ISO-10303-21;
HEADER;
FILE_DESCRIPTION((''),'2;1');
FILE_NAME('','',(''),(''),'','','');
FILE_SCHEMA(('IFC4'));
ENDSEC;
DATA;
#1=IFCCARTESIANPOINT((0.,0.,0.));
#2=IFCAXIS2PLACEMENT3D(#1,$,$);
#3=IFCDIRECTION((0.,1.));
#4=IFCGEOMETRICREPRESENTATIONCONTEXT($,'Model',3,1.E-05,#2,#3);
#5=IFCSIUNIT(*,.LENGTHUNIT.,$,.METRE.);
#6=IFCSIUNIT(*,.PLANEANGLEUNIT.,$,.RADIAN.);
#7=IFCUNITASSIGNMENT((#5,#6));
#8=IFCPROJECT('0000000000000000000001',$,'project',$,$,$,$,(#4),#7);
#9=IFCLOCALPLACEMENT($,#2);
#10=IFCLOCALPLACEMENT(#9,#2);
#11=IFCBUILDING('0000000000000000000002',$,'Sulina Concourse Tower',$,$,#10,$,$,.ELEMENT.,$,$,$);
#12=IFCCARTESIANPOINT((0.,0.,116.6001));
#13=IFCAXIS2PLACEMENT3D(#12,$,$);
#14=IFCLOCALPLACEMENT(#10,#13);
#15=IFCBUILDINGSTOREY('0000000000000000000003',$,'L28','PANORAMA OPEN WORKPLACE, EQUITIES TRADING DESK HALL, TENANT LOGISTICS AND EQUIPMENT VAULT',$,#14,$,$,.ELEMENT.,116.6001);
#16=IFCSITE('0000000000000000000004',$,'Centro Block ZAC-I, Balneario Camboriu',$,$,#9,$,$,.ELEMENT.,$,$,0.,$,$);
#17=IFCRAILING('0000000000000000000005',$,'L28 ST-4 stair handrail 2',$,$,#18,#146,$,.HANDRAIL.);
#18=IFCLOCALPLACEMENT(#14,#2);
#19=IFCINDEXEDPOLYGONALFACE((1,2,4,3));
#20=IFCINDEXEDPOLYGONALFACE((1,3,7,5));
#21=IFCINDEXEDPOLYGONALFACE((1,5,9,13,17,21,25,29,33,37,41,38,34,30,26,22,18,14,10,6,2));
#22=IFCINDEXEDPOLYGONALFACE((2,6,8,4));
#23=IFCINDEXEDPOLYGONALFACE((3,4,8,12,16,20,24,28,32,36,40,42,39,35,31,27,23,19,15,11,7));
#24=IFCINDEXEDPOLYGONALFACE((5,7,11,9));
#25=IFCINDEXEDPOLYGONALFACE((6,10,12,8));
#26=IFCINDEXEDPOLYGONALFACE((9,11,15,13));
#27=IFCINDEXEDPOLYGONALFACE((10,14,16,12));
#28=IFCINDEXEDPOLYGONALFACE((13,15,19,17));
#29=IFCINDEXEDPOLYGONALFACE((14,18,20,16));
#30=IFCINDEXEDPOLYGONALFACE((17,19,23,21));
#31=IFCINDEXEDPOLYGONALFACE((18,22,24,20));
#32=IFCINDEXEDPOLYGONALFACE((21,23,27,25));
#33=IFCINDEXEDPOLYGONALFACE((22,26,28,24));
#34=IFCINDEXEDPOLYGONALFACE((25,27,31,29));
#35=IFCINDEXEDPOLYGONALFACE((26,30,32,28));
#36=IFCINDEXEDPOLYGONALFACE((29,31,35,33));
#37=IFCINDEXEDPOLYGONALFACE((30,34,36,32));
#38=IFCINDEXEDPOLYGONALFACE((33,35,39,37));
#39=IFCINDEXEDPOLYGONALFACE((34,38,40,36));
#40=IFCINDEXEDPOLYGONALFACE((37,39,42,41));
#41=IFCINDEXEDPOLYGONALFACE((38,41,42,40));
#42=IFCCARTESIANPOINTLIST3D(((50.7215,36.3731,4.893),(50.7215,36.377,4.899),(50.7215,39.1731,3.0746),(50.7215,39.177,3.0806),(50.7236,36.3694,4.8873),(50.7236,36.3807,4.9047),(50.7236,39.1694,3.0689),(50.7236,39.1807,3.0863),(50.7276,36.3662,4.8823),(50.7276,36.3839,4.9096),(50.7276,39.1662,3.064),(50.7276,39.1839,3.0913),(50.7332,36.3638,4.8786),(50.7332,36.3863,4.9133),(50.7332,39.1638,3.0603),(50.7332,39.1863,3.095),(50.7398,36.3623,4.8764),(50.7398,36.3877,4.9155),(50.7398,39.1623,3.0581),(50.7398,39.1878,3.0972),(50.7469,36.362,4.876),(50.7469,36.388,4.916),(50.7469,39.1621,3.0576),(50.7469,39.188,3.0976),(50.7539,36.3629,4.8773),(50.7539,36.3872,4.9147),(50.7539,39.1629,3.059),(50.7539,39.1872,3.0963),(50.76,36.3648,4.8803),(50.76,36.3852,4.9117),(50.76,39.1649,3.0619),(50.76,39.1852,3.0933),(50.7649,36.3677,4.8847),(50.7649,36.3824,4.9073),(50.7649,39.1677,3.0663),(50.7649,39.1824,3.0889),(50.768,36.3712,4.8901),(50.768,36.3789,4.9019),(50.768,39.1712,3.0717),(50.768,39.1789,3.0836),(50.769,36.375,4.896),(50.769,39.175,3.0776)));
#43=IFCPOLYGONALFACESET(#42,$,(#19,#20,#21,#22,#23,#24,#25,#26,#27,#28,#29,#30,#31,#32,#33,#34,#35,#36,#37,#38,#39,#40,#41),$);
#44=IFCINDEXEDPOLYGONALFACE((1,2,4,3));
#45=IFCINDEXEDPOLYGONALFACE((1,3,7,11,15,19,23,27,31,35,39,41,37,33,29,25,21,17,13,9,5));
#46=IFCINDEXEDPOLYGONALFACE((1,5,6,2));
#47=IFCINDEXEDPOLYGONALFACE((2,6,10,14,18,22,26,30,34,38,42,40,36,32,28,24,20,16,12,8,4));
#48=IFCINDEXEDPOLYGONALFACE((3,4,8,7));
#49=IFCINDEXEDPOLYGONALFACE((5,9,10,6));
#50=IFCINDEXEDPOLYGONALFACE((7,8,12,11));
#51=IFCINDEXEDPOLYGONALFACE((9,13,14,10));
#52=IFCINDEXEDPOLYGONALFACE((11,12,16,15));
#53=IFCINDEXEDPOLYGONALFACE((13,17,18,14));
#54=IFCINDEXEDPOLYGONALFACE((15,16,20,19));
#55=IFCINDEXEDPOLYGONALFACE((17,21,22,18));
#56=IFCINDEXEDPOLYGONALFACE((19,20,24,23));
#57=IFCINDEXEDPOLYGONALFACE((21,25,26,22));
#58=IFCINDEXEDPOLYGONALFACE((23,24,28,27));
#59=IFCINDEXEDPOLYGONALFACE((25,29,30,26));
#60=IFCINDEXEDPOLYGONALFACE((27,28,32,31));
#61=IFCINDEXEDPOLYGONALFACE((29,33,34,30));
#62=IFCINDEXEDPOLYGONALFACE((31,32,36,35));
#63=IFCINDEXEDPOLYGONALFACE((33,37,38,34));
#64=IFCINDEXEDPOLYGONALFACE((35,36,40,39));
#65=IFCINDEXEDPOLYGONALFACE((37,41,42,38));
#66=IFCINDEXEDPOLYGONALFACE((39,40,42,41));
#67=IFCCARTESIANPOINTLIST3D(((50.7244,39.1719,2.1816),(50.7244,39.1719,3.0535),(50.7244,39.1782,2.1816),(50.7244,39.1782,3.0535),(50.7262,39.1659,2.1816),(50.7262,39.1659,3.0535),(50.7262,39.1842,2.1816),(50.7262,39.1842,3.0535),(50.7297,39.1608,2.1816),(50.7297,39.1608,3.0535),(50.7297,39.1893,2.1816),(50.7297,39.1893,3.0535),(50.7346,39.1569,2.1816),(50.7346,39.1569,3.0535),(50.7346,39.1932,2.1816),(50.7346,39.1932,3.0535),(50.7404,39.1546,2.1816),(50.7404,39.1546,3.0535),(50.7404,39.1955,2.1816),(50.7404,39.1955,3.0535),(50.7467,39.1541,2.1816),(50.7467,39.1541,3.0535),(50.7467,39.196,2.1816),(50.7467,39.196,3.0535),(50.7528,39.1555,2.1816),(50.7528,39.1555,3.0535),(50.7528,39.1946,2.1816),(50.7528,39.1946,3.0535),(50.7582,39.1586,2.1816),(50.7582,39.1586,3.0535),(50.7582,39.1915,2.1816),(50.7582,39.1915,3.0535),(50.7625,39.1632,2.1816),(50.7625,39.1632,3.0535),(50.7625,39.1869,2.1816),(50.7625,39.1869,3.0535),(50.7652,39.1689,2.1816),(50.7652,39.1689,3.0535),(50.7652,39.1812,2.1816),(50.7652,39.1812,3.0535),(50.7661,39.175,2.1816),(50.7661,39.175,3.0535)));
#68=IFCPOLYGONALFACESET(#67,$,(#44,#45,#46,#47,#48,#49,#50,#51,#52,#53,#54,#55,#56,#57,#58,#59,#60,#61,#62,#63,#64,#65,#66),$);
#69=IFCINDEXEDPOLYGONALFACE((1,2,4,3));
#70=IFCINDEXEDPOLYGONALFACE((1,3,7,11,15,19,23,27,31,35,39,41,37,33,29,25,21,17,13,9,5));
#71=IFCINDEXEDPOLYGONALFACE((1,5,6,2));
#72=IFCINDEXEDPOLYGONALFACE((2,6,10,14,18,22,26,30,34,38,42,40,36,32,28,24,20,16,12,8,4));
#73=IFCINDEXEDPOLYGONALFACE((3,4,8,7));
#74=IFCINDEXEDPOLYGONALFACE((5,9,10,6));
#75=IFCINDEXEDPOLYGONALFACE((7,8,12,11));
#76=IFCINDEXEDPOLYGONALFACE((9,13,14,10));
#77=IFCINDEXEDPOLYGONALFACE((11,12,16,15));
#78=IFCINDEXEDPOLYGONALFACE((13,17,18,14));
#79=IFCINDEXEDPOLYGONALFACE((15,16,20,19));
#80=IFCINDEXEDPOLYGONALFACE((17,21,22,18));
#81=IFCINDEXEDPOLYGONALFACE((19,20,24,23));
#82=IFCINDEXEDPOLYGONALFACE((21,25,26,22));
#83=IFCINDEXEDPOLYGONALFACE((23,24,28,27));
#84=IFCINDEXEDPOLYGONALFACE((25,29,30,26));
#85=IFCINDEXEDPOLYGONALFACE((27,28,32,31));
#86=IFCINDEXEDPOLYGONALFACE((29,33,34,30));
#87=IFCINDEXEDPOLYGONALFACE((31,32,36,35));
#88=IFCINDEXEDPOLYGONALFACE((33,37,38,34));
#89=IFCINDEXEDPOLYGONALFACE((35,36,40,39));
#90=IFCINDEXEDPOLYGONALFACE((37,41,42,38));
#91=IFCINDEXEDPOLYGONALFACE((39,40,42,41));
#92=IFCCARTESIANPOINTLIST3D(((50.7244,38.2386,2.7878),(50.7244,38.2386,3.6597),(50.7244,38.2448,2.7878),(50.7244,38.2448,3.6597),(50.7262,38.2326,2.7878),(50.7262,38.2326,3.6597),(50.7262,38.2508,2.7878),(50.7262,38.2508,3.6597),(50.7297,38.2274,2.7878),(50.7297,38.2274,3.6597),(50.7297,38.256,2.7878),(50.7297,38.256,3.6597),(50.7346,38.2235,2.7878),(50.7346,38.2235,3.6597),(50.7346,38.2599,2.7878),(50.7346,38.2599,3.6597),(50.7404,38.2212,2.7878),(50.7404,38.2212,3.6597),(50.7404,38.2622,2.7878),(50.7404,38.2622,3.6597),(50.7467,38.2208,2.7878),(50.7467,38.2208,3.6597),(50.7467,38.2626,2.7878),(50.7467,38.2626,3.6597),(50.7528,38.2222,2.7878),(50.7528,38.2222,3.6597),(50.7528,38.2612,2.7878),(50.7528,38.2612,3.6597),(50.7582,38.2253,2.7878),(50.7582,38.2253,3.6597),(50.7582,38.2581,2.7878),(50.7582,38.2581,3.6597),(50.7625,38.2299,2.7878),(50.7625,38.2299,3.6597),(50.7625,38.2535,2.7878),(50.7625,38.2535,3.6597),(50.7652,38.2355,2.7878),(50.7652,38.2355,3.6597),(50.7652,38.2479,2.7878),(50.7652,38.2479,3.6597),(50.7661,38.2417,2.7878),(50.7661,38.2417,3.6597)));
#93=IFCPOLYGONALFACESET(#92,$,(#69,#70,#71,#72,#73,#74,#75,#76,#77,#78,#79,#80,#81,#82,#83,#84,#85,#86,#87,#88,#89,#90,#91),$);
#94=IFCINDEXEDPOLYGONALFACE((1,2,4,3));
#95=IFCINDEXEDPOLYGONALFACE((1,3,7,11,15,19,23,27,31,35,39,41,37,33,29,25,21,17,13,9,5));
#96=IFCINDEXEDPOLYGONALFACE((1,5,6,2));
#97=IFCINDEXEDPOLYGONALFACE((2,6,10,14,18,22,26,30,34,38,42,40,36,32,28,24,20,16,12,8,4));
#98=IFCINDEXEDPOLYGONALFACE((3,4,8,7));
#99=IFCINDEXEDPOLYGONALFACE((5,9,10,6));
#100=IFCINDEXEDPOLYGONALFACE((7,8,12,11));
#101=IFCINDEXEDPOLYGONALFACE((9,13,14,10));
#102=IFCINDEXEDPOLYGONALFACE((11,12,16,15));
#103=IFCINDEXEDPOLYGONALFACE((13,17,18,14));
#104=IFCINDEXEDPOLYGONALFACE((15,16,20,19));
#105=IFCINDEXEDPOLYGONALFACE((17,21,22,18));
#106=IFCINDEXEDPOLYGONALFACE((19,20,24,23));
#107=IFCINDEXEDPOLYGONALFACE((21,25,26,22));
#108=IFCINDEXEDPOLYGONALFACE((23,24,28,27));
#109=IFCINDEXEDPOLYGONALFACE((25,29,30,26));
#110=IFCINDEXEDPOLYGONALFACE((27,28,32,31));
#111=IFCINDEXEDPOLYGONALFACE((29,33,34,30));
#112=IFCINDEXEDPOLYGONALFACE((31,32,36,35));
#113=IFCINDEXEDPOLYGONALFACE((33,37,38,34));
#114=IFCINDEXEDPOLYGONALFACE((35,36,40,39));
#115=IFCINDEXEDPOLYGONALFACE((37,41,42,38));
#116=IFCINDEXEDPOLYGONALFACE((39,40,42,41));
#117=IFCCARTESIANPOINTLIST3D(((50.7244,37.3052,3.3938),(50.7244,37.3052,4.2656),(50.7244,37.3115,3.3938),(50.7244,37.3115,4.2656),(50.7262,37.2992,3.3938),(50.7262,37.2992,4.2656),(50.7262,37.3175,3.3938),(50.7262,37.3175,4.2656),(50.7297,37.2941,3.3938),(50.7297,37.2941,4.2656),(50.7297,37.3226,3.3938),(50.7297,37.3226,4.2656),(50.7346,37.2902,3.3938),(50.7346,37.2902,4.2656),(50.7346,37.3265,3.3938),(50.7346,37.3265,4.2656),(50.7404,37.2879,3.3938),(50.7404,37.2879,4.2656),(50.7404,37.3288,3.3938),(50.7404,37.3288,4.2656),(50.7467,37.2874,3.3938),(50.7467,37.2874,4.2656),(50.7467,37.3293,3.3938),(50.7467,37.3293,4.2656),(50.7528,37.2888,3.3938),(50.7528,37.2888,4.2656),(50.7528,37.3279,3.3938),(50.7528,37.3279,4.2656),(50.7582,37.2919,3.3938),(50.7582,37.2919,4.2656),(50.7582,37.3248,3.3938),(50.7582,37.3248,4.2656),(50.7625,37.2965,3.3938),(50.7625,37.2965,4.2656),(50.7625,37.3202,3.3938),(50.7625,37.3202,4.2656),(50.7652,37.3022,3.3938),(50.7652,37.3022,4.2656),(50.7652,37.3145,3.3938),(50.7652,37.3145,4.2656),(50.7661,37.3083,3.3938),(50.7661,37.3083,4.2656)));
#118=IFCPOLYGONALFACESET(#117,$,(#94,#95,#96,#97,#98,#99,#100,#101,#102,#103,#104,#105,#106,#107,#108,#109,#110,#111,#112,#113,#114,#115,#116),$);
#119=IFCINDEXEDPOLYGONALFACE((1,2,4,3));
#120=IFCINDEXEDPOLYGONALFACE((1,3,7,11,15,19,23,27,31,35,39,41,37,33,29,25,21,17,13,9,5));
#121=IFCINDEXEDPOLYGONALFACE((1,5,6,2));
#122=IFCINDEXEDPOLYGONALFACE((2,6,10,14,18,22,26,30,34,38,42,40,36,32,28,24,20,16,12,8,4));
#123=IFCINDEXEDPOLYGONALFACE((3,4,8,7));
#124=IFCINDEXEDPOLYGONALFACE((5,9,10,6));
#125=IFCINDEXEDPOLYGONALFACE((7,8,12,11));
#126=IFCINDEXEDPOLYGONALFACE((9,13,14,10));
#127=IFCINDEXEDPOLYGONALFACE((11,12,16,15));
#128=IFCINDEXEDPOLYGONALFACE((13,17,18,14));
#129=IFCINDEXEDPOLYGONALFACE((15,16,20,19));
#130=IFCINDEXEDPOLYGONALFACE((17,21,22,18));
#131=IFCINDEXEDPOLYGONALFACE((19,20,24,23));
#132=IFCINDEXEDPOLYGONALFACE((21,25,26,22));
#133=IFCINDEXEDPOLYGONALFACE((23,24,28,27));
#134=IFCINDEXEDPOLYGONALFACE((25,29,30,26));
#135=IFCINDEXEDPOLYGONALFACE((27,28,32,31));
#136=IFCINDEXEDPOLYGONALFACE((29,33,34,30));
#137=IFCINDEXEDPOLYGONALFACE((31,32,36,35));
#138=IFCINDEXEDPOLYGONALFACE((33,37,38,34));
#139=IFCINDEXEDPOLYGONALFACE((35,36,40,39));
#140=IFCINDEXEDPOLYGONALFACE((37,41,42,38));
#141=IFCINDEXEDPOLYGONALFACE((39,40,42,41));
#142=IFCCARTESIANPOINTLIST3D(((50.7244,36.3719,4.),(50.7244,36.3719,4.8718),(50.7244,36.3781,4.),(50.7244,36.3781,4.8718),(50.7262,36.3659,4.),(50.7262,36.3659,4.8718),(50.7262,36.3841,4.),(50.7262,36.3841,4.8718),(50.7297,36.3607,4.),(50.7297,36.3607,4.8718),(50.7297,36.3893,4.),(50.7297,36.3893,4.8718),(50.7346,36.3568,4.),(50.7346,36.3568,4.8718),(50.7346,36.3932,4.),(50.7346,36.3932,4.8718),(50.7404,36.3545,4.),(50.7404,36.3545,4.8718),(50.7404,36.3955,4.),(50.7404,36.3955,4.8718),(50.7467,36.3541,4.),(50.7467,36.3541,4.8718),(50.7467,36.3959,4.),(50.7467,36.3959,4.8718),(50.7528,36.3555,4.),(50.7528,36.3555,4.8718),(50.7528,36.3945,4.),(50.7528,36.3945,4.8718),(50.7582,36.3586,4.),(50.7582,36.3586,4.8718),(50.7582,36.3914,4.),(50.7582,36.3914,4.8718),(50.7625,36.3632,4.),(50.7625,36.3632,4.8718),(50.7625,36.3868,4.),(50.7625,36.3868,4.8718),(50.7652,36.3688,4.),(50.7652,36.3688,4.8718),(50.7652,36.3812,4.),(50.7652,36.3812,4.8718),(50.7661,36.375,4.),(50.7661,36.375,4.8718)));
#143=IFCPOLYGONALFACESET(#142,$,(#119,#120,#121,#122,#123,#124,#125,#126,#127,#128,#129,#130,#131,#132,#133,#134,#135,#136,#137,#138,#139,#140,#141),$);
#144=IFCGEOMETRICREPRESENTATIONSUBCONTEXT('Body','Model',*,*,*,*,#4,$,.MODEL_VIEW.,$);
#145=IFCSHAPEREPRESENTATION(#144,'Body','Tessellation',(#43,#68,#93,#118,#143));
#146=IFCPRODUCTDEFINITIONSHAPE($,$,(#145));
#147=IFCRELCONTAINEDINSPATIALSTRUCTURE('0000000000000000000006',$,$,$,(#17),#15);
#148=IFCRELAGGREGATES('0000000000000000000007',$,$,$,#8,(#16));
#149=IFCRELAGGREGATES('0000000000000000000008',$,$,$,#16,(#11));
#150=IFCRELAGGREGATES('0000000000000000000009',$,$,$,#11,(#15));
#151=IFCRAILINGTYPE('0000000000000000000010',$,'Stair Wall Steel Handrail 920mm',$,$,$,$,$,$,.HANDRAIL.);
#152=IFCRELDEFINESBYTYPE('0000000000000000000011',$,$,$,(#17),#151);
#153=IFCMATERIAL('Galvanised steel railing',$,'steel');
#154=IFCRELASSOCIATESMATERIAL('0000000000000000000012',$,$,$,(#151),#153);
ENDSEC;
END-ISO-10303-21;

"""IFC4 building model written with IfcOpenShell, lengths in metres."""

from ifc_helpers import new_model, si_unit, direction, frame, origin, origin_2d, place, context, subcontext, project, spatial, circle, extrude, material, type_object, element, save


model = new_model("IFC4")

# Units and contexts
model_context = context("Model", 3, precision=1e-05, world=origin(), true_north=direction((0.0, 1.0)))
body_context = subcontext(model_context, "Body", "Model", "MODEL_VIEW")
ifc_project = project(units=[si_unit("LENGTHUNIT", "METRE"), si_unit("PLANEANGLEUNIT", "RADIAN")], contexts=[model_context])

# Site, building, storey
site_placement = place(None, origin())
site = spatial("IfcSite", under=ifc_project, at=site_placement, Name="Centro Block ZAC-I, Balneario Camboriu", CompositionType="ELEMENT", RefElevation=0.0)
building_placement = place(site_placement, origin())
building = spatial("IfcBuilding", under=site, at=building_placement, Name="Sulina Concourse Tower", CompositionType="ELEMENT")
storey_placement = place(building_placement, frame((0.0, 0.0, 116.6001)))
storey = spatial("IfcBuildingStorey", under=building, at=storey_placement, Name="L28", Description="PANORAMA OPEN WORKPLACE, EQUITIES TRADING DESK HALL, TENANT LOGISTICS AND EQUIPMENT VAULT", CompositionType="ELEMENT", Elevation=116.6001)

# Railing
ifc_material_1 = material(Name="Galvanised steel railing", Category="steel")
railing_type_1 = type_object("IfcRailingType", Name="Stair Wall Steel Handrail 920mm", PredefinedType="HANDRAIL", material=ifc_material_1)
railing_1_placement = place(storey_placement, frame((50.7451, 39.175, 2.1816)))
element("IfcRailing", 1, at=railing_1_placement, inside=storey, type_object=railing_type_1, Name="L28 ST-4 stair handrail 2", PredefinedType="HANDRAIL", context=body_context, shape_type="SweptSolid", body=[
    extrude(circle(Radius=0.0239, at=origin_2d()), frame((0.0, 0.0, 0.896), z_axis=(0.0, -0.838672, 0.544636), x_axis=(1.0, 0.0, 0.0)), (0.0, 0.0, 1.0), 3.3386),
    extrude(circle(Radius=0.021, at=origin_2d()), origin(), (0.0, 0.0, 1.0), 0.8718),
    extrude(circle(Radius=0.021, at=origin_2d()), frame((0.0, -0.9333, 0.6062)), (0.0, 0.0, 1.0), 0.8718),
    extrude(circle(Radius=0.021, at=origin_2d()), frame((0.0, -1.8667, 1.2122)), (0.0, 0.0, 1.0), 0.8718),
    extrude(circle(Radius=0.021, at=origin_2d()), frame((0.0, -2.8, 1.8184)), (0.0, 0.0, 1.0), 0.8718),
])

save(model, "model.ifc")
